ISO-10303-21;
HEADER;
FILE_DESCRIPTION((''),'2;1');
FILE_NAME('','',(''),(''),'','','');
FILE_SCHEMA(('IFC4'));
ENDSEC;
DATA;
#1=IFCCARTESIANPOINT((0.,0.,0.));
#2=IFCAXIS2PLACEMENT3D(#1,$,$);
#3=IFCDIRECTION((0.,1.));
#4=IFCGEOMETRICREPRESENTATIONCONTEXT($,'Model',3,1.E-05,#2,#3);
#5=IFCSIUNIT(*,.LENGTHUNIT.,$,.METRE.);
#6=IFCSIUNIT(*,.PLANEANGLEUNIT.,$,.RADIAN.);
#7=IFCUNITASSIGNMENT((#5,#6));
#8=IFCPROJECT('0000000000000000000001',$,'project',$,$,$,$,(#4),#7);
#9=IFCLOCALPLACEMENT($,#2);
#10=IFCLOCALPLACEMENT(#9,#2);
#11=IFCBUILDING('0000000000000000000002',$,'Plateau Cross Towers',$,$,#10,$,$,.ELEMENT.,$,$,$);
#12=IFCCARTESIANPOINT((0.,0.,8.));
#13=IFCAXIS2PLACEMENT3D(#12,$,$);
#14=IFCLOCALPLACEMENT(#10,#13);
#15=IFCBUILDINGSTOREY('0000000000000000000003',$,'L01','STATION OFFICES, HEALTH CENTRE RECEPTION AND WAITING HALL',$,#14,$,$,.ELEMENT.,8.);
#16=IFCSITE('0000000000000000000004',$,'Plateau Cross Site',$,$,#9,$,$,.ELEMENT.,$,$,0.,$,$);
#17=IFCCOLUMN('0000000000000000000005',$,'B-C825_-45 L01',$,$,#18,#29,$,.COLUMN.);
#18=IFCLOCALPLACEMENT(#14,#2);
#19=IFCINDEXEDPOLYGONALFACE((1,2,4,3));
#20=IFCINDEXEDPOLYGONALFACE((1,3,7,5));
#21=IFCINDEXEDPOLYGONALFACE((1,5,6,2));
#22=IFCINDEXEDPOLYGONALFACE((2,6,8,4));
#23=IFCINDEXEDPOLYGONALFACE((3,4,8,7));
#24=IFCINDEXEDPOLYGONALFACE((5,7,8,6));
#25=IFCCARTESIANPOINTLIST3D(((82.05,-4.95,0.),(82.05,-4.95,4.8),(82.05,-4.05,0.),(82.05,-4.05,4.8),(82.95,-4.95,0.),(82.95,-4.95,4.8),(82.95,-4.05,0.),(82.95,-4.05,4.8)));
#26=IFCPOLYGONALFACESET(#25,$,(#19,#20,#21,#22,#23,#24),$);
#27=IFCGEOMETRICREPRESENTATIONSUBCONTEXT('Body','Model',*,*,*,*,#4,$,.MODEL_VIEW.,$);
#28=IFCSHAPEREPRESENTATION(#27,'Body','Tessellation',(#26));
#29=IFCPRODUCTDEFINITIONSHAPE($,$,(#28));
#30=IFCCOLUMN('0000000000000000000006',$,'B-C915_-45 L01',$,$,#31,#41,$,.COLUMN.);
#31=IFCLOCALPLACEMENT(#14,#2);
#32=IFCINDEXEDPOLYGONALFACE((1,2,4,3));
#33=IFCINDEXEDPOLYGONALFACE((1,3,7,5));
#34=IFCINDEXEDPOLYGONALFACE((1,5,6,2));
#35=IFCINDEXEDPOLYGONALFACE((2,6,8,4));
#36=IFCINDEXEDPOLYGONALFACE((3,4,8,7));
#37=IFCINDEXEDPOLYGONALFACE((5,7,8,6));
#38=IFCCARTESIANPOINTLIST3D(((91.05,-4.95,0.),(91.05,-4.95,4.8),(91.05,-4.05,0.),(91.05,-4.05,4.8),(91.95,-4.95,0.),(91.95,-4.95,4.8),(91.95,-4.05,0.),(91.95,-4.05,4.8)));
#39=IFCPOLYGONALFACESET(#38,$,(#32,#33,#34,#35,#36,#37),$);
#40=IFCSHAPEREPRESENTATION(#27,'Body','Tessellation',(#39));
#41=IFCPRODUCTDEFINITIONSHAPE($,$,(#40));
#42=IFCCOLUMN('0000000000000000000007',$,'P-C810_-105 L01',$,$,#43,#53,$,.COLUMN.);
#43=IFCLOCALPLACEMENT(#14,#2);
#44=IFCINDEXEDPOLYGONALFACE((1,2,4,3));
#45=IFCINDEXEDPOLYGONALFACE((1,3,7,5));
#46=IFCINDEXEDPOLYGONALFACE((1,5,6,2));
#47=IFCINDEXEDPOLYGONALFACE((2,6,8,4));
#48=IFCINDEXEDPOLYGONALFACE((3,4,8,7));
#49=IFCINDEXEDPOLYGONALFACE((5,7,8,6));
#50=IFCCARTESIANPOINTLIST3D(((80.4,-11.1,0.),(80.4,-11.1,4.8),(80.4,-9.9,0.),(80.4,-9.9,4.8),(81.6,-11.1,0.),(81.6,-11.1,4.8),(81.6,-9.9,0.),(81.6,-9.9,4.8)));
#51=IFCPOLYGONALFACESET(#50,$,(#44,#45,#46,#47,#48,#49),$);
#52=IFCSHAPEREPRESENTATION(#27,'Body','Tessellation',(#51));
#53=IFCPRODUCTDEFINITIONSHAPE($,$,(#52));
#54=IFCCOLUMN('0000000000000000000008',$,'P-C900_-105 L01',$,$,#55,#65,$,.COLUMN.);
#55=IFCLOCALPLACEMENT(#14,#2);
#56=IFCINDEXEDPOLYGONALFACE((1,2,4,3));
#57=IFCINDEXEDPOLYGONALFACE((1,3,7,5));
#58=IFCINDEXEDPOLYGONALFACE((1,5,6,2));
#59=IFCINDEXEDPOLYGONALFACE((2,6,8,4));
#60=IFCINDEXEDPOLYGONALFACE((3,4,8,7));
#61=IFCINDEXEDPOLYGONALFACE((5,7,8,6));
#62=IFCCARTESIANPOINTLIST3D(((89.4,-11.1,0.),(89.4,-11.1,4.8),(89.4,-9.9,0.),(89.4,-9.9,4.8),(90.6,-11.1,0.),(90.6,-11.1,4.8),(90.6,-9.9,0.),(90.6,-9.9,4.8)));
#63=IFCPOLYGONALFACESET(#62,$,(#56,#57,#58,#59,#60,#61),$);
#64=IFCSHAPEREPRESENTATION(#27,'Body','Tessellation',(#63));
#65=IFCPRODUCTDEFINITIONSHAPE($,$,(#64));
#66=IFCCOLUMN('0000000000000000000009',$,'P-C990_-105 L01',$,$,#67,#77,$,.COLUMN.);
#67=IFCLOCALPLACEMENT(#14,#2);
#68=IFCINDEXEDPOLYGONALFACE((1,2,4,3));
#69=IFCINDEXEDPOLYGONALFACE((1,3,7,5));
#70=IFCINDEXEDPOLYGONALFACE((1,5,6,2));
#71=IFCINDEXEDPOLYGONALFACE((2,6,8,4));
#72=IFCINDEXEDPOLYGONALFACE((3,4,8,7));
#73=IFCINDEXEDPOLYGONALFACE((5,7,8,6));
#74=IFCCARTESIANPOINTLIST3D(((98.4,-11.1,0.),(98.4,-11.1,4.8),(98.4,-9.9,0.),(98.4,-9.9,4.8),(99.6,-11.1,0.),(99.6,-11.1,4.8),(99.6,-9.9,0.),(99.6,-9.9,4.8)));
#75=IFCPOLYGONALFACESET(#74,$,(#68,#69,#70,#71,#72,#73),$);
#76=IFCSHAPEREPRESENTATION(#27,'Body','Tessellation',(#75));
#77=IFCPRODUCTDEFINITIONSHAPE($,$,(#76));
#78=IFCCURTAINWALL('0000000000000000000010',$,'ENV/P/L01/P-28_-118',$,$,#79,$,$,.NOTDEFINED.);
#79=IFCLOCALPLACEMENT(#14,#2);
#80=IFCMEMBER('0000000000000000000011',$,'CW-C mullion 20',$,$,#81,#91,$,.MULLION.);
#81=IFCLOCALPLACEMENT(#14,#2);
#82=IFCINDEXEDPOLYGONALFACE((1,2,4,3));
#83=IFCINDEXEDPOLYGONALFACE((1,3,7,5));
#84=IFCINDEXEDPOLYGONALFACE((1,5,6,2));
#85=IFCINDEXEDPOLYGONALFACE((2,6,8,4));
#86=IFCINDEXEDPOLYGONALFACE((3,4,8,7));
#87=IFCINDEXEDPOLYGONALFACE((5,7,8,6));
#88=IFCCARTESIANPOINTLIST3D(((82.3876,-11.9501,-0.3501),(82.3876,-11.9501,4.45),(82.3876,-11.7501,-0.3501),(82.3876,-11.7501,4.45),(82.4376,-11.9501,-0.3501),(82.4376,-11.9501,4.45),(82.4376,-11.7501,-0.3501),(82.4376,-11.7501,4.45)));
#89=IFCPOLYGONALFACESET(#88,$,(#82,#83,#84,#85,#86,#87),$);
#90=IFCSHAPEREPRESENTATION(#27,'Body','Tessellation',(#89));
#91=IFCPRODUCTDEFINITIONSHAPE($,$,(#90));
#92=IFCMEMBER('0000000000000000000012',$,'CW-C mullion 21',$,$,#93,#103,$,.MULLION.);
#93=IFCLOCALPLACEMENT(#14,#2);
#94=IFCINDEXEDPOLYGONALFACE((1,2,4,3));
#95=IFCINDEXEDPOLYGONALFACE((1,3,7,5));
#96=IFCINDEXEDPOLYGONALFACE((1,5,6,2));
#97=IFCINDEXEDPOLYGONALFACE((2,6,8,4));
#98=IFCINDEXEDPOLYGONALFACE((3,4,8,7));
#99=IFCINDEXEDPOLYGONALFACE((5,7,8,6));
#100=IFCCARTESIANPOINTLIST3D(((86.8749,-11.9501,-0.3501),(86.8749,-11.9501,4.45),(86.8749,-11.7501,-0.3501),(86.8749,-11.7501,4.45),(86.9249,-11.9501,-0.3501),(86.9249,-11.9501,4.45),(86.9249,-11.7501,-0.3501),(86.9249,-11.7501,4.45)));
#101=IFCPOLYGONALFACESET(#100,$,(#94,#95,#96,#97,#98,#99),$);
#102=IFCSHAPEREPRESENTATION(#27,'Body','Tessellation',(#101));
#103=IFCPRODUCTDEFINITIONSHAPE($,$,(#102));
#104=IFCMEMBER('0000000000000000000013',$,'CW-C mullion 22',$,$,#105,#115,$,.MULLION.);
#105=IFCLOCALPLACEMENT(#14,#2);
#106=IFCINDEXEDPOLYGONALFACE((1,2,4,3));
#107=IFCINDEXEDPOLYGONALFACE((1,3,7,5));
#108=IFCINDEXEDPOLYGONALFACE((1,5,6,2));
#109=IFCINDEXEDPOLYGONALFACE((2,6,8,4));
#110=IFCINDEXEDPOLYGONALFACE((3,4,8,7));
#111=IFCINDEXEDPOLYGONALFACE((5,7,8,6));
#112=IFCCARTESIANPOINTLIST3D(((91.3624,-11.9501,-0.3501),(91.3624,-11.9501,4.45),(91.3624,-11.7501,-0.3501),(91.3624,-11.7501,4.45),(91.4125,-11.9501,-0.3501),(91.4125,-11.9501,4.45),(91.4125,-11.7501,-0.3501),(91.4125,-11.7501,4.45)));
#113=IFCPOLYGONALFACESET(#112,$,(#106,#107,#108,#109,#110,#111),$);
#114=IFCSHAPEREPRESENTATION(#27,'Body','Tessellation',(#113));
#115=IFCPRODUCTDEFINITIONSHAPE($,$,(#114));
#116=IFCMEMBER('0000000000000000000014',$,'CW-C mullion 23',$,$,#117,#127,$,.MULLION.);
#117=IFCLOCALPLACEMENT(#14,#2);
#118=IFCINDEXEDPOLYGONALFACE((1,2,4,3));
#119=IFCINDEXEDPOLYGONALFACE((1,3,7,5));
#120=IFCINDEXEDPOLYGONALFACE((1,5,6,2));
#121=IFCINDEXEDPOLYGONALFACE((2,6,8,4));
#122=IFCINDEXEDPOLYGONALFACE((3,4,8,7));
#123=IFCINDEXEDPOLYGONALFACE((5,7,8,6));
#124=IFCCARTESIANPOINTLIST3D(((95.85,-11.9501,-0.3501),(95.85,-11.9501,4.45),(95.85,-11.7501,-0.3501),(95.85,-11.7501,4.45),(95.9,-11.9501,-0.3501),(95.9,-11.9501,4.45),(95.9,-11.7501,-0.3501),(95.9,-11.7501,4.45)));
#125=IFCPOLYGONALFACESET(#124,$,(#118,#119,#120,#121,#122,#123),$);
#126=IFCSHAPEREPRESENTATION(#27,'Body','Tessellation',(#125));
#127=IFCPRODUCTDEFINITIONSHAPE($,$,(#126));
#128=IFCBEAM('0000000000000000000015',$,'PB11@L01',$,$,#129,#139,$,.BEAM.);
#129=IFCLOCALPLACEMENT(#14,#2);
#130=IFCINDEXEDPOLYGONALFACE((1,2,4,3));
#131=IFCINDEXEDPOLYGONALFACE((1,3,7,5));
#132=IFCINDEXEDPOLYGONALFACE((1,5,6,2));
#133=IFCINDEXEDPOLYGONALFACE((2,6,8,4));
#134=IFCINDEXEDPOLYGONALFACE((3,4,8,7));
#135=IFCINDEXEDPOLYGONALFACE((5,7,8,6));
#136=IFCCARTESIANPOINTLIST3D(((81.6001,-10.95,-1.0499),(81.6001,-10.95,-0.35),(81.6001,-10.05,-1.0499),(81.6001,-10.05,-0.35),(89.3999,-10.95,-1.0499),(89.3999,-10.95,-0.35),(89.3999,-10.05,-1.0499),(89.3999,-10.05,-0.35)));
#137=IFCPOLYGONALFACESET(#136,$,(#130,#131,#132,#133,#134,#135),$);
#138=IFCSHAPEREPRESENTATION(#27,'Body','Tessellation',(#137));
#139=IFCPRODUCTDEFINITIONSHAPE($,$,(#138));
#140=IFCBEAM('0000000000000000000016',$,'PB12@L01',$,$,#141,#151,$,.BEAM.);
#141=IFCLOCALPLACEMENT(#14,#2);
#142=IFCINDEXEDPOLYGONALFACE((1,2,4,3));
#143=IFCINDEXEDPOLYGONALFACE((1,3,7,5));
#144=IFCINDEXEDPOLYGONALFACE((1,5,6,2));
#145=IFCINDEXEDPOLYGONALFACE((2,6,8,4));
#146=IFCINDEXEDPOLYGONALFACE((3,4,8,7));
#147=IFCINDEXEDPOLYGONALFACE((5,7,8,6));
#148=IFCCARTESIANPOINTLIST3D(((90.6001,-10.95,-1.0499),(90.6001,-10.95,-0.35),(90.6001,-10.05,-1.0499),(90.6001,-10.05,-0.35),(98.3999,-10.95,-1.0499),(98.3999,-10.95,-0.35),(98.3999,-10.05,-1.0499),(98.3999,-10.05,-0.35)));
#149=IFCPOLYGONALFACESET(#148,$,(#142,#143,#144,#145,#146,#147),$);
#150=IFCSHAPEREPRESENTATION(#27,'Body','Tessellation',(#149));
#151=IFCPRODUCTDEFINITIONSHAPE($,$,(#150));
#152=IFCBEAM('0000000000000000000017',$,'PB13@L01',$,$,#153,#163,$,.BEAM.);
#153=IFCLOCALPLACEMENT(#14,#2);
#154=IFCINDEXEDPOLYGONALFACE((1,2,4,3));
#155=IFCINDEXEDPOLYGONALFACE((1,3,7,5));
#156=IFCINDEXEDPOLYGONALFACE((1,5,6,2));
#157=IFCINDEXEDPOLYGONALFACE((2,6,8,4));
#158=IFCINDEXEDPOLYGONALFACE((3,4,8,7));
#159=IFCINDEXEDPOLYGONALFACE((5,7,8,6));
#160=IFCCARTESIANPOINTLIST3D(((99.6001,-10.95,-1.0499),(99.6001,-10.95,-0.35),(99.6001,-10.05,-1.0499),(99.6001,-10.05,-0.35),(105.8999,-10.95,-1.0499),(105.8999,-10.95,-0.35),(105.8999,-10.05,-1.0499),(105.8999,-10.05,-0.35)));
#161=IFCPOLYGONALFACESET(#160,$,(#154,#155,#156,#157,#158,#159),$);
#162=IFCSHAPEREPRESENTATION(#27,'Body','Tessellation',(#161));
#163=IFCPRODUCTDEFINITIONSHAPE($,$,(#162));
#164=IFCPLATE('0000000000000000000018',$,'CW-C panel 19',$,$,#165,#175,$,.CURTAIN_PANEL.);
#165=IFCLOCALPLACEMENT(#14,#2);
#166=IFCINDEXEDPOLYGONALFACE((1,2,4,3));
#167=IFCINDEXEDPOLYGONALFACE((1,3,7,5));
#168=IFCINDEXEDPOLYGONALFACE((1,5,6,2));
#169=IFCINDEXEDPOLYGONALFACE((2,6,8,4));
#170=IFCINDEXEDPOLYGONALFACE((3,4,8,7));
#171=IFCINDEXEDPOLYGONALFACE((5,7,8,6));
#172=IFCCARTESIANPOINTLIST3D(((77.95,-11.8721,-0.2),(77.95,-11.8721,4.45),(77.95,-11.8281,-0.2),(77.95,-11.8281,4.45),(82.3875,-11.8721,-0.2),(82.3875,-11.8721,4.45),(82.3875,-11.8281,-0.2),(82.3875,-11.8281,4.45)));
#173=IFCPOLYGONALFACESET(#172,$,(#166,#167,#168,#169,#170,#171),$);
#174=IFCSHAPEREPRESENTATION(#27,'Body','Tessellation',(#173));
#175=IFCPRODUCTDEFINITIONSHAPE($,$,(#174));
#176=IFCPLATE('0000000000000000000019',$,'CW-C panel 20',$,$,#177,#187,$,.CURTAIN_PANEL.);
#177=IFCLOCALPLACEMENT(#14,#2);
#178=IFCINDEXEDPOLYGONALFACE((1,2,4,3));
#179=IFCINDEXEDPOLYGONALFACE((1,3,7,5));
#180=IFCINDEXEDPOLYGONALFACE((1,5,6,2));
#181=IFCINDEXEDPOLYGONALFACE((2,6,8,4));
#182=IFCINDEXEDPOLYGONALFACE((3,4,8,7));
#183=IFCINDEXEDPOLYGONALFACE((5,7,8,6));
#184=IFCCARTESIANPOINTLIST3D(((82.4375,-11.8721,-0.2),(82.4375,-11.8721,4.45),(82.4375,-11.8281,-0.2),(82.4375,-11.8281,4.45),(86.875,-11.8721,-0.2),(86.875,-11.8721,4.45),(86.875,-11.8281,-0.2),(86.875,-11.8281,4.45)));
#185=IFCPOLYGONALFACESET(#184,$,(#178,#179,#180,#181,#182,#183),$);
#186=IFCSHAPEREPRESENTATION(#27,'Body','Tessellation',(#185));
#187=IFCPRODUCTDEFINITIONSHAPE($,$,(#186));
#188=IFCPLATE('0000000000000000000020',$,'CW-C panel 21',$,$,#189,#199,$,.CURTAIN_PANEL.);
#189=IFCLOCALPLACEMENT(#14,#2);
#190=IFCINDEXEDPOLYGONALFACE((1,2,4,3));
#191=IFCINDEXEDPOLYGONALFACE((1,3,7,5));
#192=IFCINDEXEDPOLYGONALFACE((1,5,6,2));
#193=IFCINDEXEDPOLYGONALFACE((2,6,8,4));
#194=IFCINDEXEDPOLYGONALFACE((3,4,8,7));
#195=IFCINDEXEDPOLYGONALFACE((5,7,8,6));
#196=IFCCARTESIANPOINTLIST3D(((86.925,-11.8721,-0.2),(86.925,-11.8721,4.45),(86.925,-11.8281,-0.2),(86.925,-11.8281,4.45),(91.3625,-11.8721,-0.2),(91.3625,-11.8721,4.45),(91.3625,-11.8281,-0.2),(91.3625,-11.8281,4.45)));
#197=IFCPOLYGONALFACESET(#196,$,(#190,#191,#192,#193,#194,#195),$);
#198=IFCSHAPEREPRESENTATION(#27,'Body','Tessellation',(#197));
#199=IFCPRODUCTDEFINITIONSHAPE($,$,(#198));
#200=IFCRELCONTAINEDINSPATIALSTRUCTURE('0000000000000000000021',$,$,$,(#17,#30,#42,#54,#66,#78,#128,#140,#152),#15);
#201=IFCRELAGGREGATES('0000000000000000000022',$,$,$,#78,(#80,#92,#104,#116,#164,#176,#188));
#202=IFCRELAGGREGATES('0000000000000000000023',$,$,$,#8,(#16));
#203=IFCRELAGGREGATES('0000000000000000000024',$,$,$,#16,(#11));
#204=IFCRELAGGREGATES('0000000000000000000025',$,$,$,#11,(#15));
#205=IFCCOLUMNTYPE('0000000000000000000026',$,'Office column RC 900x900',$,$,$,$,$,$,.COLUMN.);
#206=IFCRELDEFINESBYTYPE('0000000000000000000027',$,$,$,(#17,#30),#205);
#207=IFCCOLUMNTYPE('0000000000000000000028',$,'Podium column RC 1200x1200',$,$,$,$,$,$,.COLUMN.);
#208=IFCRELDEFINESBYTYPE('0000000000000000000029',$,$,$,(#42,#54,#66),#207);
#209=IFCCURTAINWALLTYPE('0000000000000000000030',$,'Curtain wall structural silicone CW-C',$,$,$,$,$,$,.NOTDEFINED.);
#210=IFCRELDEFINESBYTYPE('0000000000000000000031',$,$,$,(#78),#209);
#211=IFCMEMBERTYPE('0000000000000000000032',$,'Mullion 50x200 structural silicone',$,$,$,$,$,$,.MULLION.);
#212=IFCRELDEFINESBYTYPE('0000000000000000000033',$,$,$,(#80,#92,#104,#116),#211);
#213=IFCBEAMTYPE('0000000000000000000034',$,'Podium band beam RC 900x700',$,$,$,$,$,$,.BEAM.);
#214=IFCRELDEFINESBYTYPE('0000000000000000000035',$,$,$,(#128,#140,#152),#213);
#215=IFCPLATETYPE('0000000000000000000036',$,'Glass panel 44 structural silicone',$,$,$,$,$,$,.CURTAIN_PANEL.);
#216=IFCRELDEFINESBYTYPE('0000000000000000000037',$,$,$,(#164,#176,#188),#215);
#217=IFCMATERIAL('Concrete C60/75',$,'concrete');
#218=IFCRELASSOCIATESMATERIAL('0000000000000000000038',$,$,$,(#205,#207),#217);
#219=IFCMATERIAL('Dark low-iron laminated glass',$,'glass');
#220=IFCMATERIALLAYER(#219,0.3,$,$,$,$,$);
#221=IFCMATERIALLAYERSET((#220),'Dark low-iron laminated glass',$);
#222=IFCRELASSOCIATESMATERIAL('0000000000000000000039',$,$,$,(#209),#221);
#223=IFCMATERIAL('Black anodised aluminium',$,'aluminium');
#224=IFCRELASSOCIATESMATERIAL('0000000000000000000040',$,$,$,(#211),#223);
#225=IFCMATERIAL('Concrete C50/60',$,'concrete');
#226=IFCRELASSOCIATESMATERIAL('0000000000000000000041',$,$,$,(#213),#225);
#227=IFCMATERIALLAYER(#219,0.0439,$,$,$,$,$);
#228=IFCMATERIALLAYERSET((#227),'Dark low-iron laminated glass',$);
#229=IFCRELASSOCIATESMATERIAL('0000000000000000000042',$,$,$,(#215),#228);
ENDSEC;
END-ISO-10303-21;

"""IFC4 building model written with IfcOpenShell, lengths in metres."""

from ifc_helpers import new_model, si_unit, direction, frame, origin, origin_2d, place, context, subcontext, project, spatial, rectangle, extrude, material, layer, layer_set, material_profile, profile_set, type_object, element, aggregate, save


model = new_model("IFC4")

# Units and contexts
model_context = context("Model", 3, precision=1e-05, world=origin(), true_north=direction((0.0, 1.0)))
body_context = subcontext(model_context, "Body", "Model", "MODEL_VIEW")
ifc_project = project(units=[si_unit("LENGTHUNIT", "METRE"), si_unit("PLANEANGLEUNIT", "RADIAN")], contexts=[model_context])

# Site, building, storey
site_placement = place(None, origin())
site = spatial("IfcSite", under=ifc_project, at=site_placement, Name="Plateau Cross Site", CompositionType="ELEMENT", RefElevation=0.0)
building_placement = place(site_placement, origin())
building = spatial("IfcBuilding", under=site, at=building_placement, Name="Plateau Cross Towers", CompositionType="ELEMENT")
storey_placement = place(building_placement, frame((0.0, 0.0, 8.0)))
storey = spatial("IfcBuildingStorey", under=building, at=storey_placement, Name="L01", Description="STATION OFFICES, HEALTH CENTRE RECEPTION AND WAITING HALL", CompositionType="ELEMENT", Elevation=8.0)

# Columns
ifc_material_1 = material(Name="Concrete C60/75", Category="concrete")
ifc_material_profile_1 = material_profile(ifc_material_1, rectangle(XDim=0.8999, YDim=0.8999, at=origin_2d()), Name="RC 900x900")
ifc_profile_set_1 = profile_set([ifc_material_profile_1], Name="Concrete C60/75")
column_type_1 = type_object("IfcColumnType", Name="Office column RC 900x900", PredefinedType="COLUMN", material=ifc_profile_set_1)
for number, where, z_axis, x_axis, name in (
    (1, (82.5, -4.5, 0.0), (0.0, 0.0, 1.0), (1.0, 0.0, 0.0), "B-C825_-45 L01"),
    (2, (91.5, -4.5, 0.0), (0.0, 0.0, 1.0), (1.0, 0.0, 0.0), "B-C915_-45 L01"),
):
    element("IfcColumn", number, at=place(storey_placement, frame(where, z_axis=z_axis, x_axis=x_axis)), inside=storey, type_object=column_type_1, Name=name, PredefinedType="COLUMN", context=body_context, shape_type="SweptSolid", body=[
        extrude(rectangle(XDim=0.8999, YDim=0.8999, at=origin_2d()), origin(), (0.0, 0.0, 1.0), 4.8),
    ])
ifc_material_profile_2 = material_profile(ifc_material_1, rectangle(XDim=1.2, YDim=1.2, at=origin_2d()), Name="RC 1200x1200")
ifc_profile_set_2 = profile_set([ifc_material_profile_2], Name="Concrete C60/75")
column_type_2 = type_object("IfcColumnType", Name="Podium column RC 1200x1200", PredefinedType="COLUMN", material=ifc_profile_set_2)
for number, where, z_axis, x_axis, name in (
    (3, (81.0, -10.5, 0.0), (0.0, 0.0, 1.0), (1.0, 0.0, 0.0), "P-C810_-105 L01"),
    (4, (90.0, -10.5, 0.0), (0.0, 0.0, 1.0), (1.0, 0.0, 0.0), "P-C900_-105 L01"),
    (5, (99.0, -10.5, 0.0), (0.0, 0.0, 1.0), (1.0, 0.0, 0.0), "P-C990_-105 L01"),
):
    element("IfcColumn", number, at=place(storey_placement, frame(where, z_axis=z_axis, x_axis=x_axis)), inside=storey, type_object=column_type_2, Name=name, PredefinedType="COLUMN", context=body_context, shape_type="SweptSolid", body=[
        extrude(rectangle(XDim=1.2, YDim=1.2, at=origin_2d()), origin(), (0.0, 0.0, 1.0), 4.8),
    ])

# Curtain wall, members
ifc_material_2 = material(Name="Dark low-iron laminated glass", Category="glass")
ifc_layer_1 = layer(ifc_material_2, 0.3)
ifc_layer_set_1 = layer_set([ifc_layer_1], Name="Dark low-iron laminated glass")
curtain_wall_type = type_object("IfcCurtainWallType", Name="Curtain wall structural silicone CW-C", PredefinedType="NOTDEFINED", material=ifc_layer_set_1)
curtain_wall_placement = place(storey_placement, origin())
curtain_wall = element("IfcCurtainWall", 6, at=curtain_wall_placement, inside=storey, type_object=curtain_wall_type, Name="ENV/P/L01/P-28_-118", PredefinedType="NOTDEFINED")
ifc_material_3 = material(Name="Black anodised aluminium", Category="aluminium")
ifc_material_profile_3 = material_profile(ifc_material_3, rectangle(XDim=0.05, YDim=0.2, at=origin_2d()), Name="MULLION 50x200")
ifc_profile_set_3 = profile_set([ifc_material_profile_3], Name="Black anodised aluminium")
member_type = type_object("IfcMemberType", Name="Mullion 50x200 structural silicone", PredefinedType="MULLION", material=ifc_profile_set_3)
member_1_placement = place(storey_placement, frame((82.4126, -11.8501, -0.3501), z_axis=(0.0, 0.0, 1.0), x_axis=(1.0, 0.0, 0.0)))
member_1 = element("IfcMember", 7, at=member_1_placement, type_object=member_type, Name="CW-C mullion 20", PredefinedType="MULLION", context=body_context, shape_type="SweptSolid", body=[
    extrude(rectangle(XDim=0.05, YDim=0.2, at=origin_2d()), origin(), (0.0, 0.0, 1.0), 4.8),
])
member_2_placement = place(storey_placement, frame((86.8999, -11.8501, -0.3501), z_axis=(0.0, 0.0, 1.0), x_axis=(1.0, 0.0, 0.0)))
member_2 = element("IfcMember", 8, at=member_2_placement, type_object=member_type, Name="CW-C mullion 21", PredefinedType="MULLION", context=body_context, shape_type="SweptSolid", body=[
    extrude(rectangle(XDim=0.05, YDim=0.2, at=origin_2d()), origin(), (0.0, 0.0, 1.0), 4.8),
])
member_3_placement = place(storey_placement, frame((91.3875, -11.8501, -0.3501), z_axis=(0.0, 0.0, 1.0), x_axis=(1.0, 0.0, 0.0)))
member_3 = element("IfcMember", 9, at=member_3_placement, type_object=member_type, Name="CW-C mullion 22", PredefinedType="MULLION", context=body_context, shape_type="SweptSolid", body=[
    extrude(rectangle(XDim=0.05, YDim=0.2, at=origin_2d()), origin(), (0.0, 0.0, 1.0), 4.8),
])
member_4_placement = place(storey_placement, frame((95.875, -11.8501, -0.3501), z_axis=(0.0, 0.0, 1.0), x_axis=(1.0, 0.0, 0.0)))
member_4 = element("IfcMember", 10, at=member_4_placement, type_object=member_type, Name="CW-C mullion 23", PredefinedType="MULLION", context=body_context, shape_type="SweptSolid", body=[
    extrude(rectangle(XDim=0.05, YDim=0.2, at=origin_2d()), origin(), (0.0, 0.0, 1.0), 4.8),
])

# Beams
ifc_material_4 = material(Name="Concrete C50/60", Category="concrete")
ifc_material_profile_4 = material_profile(ifc_material_4, rectangle(XDim=0.8999, YDim=0.7, at=origin_2d()), Name="RC 900x700")
ifc_profile_set_4 = profile_set([ifc_material_profile_4], Name="Concrete C50/60")
beam_type = type_object("IfcBeamType", Name="Podium band beam RC 900x700", PredefinedType="BEAM", material=ifc_profile_set_4)
for number, where, z_axis, x_axis, name in (
    (11, (81.6001, -10.5, -0.7), (1.0, 0.0, 0.0), (0.0, 1.0, 0.0), "PB11@L01"),
    (12, (90.6001, -10.5, -0.7), (1.0, 0.0, 0.0), (0.0, 1.0, 0.0), "PB12@L01"),
):
    element("IfcBeam", number, at=place(storey_placement, frame(where, z_axis=z_axis, x_axis=x_axis)), inside=storey, type_object=beam_type, Name=name, PredefinedType="BEAM", context=body_context, shape_type="SweptSolid", body=[
        extrude(rectangle(XDim=0.8999, YDim=0.7, at=origin_2d()), origin(), (0.0, 0.0, 1.0), 7.7998),
    ])
beam_placement = place(storey_placement, frame((99.6001, -10.5, -0.7), z_axis=(1.0, 0.0, 0.0), x_axis=(0.0, 1.0, 0.0)))
element("IfcBeam", 13, at=beam_placement, inside=storey, type_object=beam_type, Name="PB13@L01", PredefinedType="BEAM", context=body_context, shape_type="SweptSolid", body=[
    extrude(rectangle(XDim=0.8999, YDim=0.7, at=origin_2d()), origin(), (0.0, 0.0, 1.0), 6.2998),
])

# Plates
ifc_layer_2 = layer(ifc_material_2, 0.0439)
ifc_layer_set_2 = layer_set([ifc_layer_2], Name="Dark low-iron laminated glass")
plate_type = type_object("IfcPlateType", Name="Glass panel 44 structural silicone", PredefinedType="CURTAIN_PANEL", material=ifc_layer_set_2)
plate_1_placement = place(storey_placement, frame((80.1687, -11.8501, -0.2), z_axis=(0.0, 0.0, 1.0), x_axis=(1.0, 0.0, 0.0)))
plate_1 = element("IfcPlate", 14, at=plate_1_placement, type_object=plate_type, Name="CW-C panel 19", PredefinedType="CURTAIN_PANEL", context=body_context, shape_type="SweptSolid", body=[
    extrude(rectangle(XDim=4.4375, YDim=0.0439, at=origin_2d()), origin(), (0.0, 0.0, 1.0), 4.6499),
])
plate_2_placement = place(storey_placement, frame((84.6562, -11.8501, -0.2), z_axis=(0.0, 0.0, 1.0), x_axis=(1.0, 0.0, 0.0)))
plate_2 = element("IfcPlate", 15, at=plate_2_placement, type_object=plate_type, Name="CW-C panel 20", PredefinedType="CURTAIN_PANEL", context=body_context, shape_type="SweptSolid", body=[
    extrude(rectangle(XDim=4.4375, YDim=0.0439, at=origin_2d()), origin(), (0.0, 0.0, 1.0), 4.6499),
])
plate_3_placement = place(storey_placement, frame((89.1438, -11.8501, -0.2), z_axis=(0.0, 0.0, 1.0), x_axis=(1.0, 0.0, 0.0)))
plate_3 = element("IfcPlate", 16, at=plate_3_placement, type_object=plate_type, Name="CW-C panel 21", PredefinedType="CURTAIN_PANEL", context=body_context, shape_type="SweptSolid", body=[
    extrude(rectangle(XDim=4.4375, YDim=0.0439, at=origin_2d()), origin(), (0.0, 0.0, 1.0), 4.6499),
])
aggregate(curtain_wall, [member_1, member_2, member_3, member_4, plate_1, plate_2, plate_3])

save(model, "model.ifc")
